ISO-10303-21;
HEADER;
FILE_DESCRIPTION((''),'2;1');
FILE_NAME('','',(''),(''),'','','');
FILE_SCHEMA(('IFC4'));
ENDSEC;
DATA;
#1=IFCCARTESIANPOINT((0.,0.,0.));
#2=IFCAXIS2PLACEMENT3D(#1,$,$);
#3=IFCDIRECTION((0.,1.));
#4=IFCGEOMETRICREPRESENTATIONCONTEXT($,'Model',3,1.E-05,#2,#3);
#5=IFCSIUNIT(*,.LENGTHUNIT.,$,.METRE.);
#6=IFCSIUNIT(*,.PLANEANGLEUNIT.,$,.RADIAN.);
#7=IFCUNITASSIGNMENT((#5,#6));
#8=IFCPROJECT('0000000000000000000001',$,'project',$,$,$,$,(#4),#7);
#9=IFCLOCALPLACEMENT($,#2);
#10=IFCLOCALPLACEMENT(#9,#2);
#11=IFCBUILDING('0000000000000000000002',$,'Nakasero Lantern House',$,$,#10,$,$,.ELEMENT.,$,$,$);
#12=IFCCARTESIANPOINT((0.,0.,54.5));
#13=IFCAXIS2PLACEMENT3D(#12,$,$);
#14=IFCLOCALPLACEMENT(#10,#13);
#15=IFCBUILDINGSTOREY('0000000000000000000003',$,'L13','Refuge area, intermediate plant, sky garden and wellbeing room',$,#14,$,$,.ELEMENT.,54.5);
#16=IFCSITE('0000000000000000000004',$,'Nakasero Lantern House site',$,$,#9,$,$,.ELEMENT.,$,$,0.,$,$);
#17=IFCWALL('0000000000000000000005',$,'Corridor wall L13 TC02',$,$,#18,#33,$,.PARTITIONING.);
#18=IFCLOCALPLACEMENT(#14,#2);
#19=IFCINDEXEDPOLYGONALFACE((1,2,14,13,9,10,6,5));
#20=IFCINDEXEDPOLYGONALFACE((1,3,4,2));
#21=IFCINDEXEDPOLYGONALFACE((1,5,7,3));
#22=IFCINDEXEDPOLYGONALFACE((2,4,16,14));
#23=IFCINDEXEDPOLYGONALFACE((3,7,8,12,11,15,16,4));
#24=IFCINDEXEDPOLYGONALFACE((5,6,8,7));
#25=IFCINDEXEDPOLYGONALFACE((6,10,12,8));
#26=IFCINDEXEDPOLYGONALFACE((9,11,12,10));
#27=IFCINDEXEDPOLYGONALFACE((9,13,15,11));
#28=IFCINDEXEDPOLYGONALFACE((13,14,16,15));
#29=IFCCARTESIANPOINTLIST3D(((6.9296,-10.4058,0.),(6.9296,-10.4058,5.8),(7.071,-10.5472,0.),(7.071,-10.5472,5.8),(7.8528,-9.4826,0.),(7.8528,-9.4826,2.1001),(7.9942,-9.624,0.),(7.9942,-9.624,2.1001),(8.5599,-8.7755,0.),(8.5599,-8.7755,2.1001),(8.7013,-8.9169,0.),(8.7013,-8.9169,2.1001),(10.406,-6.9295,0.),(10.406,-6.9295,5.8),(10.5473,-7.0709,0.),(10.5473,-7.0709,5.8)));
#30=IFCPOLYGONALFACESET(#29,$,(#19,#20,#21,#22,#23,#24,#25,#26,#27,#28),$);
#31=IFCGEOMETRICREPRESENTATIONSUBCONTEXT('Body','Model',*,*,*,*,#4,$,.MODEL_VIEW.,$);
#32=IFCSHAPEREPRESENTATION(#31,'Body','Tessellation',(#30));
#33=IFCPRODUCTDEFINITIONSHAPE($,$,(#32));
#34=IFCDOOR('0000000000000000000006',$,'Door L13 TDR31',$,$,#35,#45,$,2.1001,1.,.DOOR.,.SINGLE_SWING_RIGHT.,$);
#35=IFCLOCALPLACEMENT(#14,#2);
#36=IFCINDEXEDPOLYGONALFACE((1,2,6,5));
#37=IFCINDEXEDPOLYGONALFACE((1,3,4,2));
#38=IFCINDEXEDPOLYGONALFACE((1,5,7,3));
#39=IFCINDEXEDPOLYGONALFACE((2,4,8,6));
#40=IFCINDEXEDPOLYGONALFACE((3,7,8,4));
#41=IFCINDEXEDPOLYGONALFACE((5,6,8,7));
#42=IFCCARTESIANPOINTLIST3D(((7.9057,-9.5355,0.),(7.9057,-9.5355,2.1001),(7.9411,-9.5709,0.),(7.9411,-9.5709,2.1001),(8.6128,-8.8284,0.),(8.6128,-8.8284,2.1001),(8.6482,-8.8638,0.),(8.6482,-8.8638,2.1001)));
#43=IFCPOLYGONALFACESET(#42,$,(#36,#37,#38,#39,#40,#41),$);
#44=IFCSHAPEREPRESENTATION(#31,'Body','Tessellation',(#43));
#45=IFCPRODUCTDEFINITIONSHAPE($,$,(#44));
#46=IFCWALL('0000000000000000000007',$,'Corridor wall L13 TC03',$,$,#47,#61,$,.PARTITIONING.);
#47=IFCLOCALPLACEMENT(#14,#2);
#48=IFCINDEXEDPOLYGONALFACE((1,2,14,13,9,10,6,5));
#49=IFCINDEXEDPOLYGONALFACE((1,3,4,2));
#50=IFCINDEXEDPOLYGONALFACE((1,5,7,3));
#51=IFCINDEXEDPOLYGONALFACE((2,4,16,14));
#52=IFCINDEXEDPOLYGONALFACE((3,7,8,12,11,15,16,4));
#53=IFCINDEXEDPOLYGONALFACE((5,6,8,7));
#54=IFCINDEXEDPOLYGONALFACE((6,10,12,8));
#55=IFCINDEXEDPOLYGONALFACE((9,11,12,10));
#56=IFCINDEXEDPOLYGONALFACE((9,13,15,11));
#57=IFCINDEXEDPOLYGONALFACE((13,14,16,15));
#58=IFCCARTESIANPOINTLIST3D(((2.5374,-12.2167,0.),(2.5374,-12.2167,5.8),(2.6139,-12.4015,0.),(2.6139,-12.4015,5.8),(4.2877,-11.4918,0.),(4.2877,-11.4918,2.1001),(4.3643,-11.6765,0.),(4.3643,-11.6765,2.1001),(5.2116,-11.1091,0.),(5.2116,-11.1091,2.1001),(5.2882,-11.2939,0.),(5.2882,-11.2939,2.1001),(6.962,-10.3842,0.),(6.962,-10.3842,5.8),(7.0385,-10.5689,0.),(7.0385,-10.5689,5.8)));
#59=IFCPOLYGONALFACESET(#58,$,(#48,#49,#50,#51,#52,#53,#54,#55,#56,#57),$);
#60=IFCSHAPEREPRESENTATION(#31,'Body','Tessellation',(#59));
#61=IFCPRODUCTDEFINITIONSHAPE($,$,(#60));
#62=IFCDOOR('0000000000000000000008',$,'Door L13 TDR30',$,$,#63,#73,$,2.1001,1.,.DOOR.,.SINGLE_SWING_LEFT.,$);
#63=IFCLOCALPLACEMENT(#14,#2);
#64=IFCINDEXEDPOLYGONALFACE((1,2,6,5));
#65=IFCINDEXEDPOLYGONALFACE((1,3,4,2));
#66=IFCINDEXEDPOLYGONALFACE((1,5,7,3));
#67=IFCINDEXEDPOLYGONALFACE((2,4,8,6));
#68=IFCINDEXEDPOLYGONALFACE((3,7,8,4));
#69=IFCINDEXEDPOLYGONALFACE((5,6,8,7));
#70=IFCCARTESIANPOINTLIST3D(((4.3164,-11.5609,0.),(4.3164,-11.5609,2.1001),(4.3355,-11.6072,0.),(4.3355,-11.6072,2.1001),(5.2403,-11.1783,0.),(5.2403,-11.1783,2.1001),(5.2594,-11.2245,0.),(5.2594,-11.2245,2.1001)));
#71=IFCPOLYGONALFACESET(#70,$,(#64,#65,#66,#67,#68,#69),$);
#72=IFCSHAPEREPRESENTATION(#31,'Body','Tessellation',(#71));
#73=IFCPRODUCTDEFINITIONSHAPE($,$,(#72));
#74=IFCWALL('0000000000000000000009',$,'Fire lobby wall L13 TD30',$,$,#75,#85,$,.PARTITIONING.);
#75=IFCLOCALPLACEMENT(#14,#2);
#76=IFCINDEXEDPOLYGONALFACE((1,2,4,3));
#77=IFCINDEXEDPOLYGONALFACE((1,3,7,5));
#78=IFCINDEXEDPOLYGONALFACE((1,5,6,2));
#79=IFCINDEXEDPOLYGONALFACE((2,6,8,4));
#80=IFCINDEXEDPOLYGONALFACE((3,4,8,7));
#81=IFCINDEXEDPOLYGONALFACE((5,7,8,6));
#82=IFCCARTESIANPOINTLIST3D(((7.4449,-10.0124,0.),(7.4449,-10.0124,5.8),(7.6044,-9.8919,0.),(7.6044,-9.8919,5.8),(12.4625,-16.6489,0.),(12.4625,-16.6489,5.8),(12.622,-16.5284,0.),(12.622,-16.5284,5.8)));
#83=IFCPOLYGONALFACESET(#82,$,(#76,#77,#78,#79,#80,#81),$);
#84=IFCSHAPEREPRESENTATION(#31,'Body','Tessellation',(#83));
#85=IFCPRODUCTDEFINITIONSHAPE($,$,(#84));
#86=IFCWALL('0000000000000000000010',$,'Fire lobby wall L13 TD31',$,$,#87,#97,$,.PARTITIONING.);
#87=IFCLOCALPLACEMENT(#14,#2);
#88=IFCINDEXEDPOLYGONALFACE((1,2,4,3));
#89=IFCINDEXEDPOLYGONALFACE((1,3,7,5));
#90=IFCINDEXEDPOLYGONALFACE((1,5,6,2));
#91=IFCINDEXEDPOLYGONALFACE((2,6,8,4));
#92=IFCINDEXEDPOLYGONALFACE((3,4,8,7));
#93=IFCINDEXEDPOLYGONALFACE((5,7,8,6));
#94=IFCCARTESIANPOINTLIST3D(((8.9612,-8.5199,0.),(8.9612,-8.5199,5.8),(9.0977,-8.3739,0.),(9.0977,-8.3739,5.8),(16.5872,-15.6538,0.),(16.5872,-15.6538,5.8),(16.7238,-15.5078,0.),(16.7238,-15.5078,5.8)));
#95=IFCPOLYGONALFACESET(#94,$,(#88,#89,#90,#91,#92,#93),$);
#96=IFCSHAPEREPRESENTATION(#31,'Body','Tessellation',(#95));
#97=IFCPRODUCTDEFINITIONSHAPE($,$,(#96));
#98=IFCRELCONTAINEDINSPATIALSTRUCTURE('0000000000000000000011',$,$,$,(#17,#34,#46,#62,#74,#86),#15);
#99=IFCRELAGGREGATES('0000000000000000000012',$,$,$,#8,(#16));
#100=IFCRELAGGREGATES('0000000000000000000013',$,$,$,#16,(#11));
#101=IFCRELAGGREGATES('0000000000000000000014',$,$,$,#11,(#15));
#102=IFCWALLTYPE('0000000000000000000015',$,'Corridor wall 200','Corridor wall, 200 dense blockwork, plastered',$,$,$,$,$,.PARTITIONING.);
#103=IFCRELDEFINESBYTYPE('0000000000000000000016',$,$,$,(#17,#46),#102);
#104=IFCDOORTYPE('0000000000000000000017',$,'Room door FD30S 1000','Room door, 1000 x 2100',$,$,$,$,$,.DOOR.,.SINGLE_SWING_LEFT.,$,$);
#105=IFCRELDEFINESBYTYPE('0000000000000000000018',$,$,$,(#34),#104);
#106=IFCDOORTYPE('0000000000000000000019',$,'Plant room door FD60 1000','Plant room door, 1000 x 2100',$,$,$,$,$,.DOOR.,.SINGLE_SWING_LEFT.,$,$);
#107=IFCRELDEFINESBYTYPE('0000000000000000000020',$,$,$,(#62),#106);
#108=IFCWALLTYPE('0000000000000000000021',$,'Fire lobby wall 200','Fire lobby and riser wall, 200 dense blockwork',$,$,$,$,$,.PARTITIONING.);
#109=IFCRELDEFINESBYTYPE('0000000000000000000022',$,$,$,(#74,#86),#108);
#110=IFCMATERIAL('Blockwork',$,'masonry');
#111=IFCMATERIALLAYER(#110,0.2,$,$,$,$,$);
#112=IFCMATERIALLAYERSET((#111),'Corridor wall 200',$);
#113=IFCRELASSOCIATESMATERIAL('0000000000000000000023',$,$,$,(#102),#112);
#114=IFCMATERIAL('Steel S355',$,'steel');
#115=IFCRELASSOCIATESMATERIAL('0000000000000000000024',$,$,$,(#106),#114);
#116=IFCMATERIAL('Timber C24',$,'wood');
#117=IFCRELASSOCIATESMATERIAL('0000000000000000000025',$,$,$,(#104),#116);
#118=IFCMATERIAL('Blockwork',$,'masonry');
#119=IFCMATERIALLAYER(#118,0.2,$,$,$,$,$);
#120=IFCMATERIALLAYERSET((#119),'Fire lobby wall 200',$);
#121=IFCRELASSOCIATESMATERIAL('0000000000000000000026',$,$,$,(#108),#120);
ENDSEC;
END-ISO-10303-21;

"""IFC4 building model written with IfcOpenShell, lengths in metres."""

from ifc_helpers import new_model, si_unit, direction, frame, frame_2d, origin, place, context, subcontext, project, spatial, rectangle, extrude, material, layer, layer_set, type_object, element, fill, save


model = new_model("IFC4")

# Units and contexts
model_context = context("Model", 3, precision=1e-05, world=origin(), true_north=direction((0.0, 1.0)))
body_context = subcontext(model_context, "Body", "Model", "MODEL_VIEW")
ifc_project = project(units=[si_unit("LENGTHUNIT", "METRE"), si_unit("PLANEANGLEUNIT", "RADIAN")], contexts=[model_context])

# Site, building, storey
site_placement = place(None, origin())
site = spatial("IfcSite", under=ifc_project, at=site_placement, Name="Nakasero Lantern House site", CompositionType="ELEMENT", RefElevation=0.0)
building_placement = place(site_placement, origin())
building = spatial("IfcBuilding", under=site, at=building_placement, Name="Nakasero Lantern House", CompositionType="ELEMENT")
storey_placement = place(building_placement, frame((0.0, 0.0, 54.5)))
storey = spatial("IfcBuildingStorey", under=building, at=storey_placement, Name="L13", Description="Refuge area, intermediate plant, sky garden and wellbeing room", CompositionType="ELEMENT", Elevation=54.5)

# Walls, openings, doors
ifc_material_1 = material(Name="Blockwork", Category="masonry")
ifc_layer_1 = layer(ifc_material_1, 0.2)
ifc_layer_set_1 = layer_set([ifc_layer_1], Name="Corridor wall 200")
wall_type_1 = type_object("IfcWallType", Name="Corridor wall 200", Description="Corridor wall, 200 dense blockwork, plastered", PredefinedType="PARTITIONING", material=ifc_layer_set_1)
ifc_material_2 = material(Name="Steel S355", Category="steel")
door_type_1 = type_object("IfcDoorType", Name="Plant room door FD60 1000", Description="Plant room door, 1000 x 2100", OperationType="SINGLE_SWING_LEFT", PredefinedType="DOOR", material=ifc_material_2)
wall_1_placement = place(storey_placement, frame((10.4766, -7.0002, 0.0), z_axis=(0.0, 0.0, 1.0), x_axis=(-0.707107, -0.707107, 0.0)))
wall_1 = element("IfcWall", 1, at=wall_1_placement, inside=storey, type_object=wall_type_1, Name="Corridor wall L13 TC02", PredefinedType="PARTITIONING", context=body_context, shape_type="SweptSolid", body=[
    extrude(rectangle(XDim=4.9163, YDim=0.2, at=frame_2d((2.458, 0.0))), origin(), (0.0, 0.0, 1.0), 5.8),
])
opening_1_placement = place(wall_1_placement, frame((2.6106, 0.0, 0.0)))
opening_1 = element("IfcOpeningElement", 2, at=opening_1_placement, cuts=wall_1, PredefinedType="OPENING", context=body_context, shape_type="SweptSolid", body=[
    extrude(rectangle(XDim=1.0, YDim=2.1001, at=frame_2d((0.5, 1.05))), frame((0.0, 0.1199, 0.0), z_axis=(0.0, -1.0, 0.0), x_axis=(1.0, 0.0, 0.0)), (0.0, 0.0, 1.0), 0.24),
])
ifc_material_3 = material(Name="Timber C24", Category="wood")
door_type_2 = type_object("IfcDoorType", Name="Room door FD30S 1000", Description="Room door, 1000 x 2100", OperationType="SINGLE_SWING_LEFT", PredefinedType="DOOR", material=ifc_material_3)
door_1_placement = place(opening_1_placement, origin())
door_1 = element("IfcDoor", 3, at=door_1_placement, inside=storey, type_object=door_type_2, Name="Door L13 TDR31", OperationType="SINGLE_SWING_RIGHT", OverallHeight=2.1001, OverallWidth=1.0, PredefinedType="DOOR", context=body_context, shape_type="SweptSolid", body=[
    extrude(rectangle(XDim=1.0, YDim=2.1001, at=frame_2d((0.5, 1.05))), frame((0.0, 0.0249, 0.0), z_axis=(0.0, -1.0, 0.0), x_axis=(1.0, 0.0, 0.0)), (0.0, 0.0, 1.0), 0.05),
])
fill(opening_1, door_1)
wall_2_placement = place(storey_placement, frame((7.0002, -10.4766, 0.0), z_axis=(0.0, 0.0, 1.0), x_axis=(-0.923894, -0.382649, 0.0)))
wall_2 = element("IfcWall", 4, at=wall_2_placement, inside=storey, type_object=wall_type_1, Name="Corridor wall L13 TC03", PredefinedType="PARTITIONING", context=body_context, shape_type="SweptSolid", body=[
    extrude(rectangle(XDim=4.7891, YDim=0.2, at=frame_2d((2.3945, 0.0))), origin(), (0.0, 0.0, 1.0), 5.8),
])
opening_2_placement = place(wall_2_placement, frame((1.8945, 0.0, 0.0)))
opening_2 = element("IfcOpeningElement", 5, at=opening_2_placement, cuts=wall_2, PredefinedType="OPENING", context=body_context, shape_type="SweptSolid", body=[
    extrude(rectangle(XDim=1.0, YDim=2.1001, at=frame_2d((0.5, 1.05))), frame((0.0, 0.1199, 0.0), z_axis=(0.0, -1.0, 0.0), x_axis=(1.0, 0.0, 0.0)), (0.0, 0.0, 1.0), 0.24),
])
door_2_placement = place(opening_2_placement, origin())
door_2 = element("IfcDoor", 6, at=door_2_placement, inside=storey, type_object=door_type_1, Name="Door L13 TDR30", OperationType="SINGLE_SWING_LEFT", OverallHeight=2.1001, OverallWidth=1.0, PredefinedType="DOOR", context=body_context, shape_type="SweptSolid", body=[
    extrude(rectangle(XDim=1.0, YDim=2.1001, at=frame_2d((0.5, 1.05))), frame((0.0, 0.0249, 0.0), z_axis=(0.0, -1.0, 0.0), x_axis=(1.0, 0.0, 0.0)), (0.0, 0.0, 1.0), 0.05),
])
fill(opening_2, door_2)

# Walls
ifc_material_4 = material(Name="Blockwork", Category="masonry")
ifc_layer_2 = layer(ifc_material_4, 0.2)
ifc_layer_set_2 = layer_set([ifc_layer_2], Name="Fire lobby wall 200")
wall_type_2 = type_object("IfcWallType", Name="Fire lobby wall 200", Description="Fire lobby and riser wall, 200 dense blockwork", PredefinedType="PARTITIONING", material=ifc_layer_set_2)
wall_3_placement = place(storey_placement, frame((7.5247, -9.9521, 0.0), z_axis=(0.0, 0.0, 1.0), x_axis=(0.60309, -0.797673, 0.0)))
element("IfcWall", 7, at=wall_3_placement, inside=storey, type_object=wall_type_2, Name="Fire lobby wall L13 TD30", PredefinedType="PARTITIONING", context=body_context, shape_type="SweptSolid", body=[
    extrude(rectangle(XDim=8.3198, YDim=0.2, at=frame_2d((4.1599, 0.0))), origin(), (0.0, 0.0, 1.0), 5.8),
])
wall_4_placement = place(storey_placement, frame((9.0295, -8.447, 0.0), z_axis=(0.0, 0.0, 1.0), x_axis=(0.73028, -0.683147, 0.0)))
element("IfcWall", 8, at=wall_4_placement, inside=storey, type_object=wall_type_2, Name="Fire lobby wall L13 TD31", PredefinedType="PARTITIONING", context=body_context, shape_type="SweptSolid", body=[
    extrude(rectangle(XDim=10.4426, YDim=0.2, at=frame_2d((5.2212, 0.0))), origin(), (0.0, 0.0, 1.0), 5.8),
])

save(model, "model.ifc")
